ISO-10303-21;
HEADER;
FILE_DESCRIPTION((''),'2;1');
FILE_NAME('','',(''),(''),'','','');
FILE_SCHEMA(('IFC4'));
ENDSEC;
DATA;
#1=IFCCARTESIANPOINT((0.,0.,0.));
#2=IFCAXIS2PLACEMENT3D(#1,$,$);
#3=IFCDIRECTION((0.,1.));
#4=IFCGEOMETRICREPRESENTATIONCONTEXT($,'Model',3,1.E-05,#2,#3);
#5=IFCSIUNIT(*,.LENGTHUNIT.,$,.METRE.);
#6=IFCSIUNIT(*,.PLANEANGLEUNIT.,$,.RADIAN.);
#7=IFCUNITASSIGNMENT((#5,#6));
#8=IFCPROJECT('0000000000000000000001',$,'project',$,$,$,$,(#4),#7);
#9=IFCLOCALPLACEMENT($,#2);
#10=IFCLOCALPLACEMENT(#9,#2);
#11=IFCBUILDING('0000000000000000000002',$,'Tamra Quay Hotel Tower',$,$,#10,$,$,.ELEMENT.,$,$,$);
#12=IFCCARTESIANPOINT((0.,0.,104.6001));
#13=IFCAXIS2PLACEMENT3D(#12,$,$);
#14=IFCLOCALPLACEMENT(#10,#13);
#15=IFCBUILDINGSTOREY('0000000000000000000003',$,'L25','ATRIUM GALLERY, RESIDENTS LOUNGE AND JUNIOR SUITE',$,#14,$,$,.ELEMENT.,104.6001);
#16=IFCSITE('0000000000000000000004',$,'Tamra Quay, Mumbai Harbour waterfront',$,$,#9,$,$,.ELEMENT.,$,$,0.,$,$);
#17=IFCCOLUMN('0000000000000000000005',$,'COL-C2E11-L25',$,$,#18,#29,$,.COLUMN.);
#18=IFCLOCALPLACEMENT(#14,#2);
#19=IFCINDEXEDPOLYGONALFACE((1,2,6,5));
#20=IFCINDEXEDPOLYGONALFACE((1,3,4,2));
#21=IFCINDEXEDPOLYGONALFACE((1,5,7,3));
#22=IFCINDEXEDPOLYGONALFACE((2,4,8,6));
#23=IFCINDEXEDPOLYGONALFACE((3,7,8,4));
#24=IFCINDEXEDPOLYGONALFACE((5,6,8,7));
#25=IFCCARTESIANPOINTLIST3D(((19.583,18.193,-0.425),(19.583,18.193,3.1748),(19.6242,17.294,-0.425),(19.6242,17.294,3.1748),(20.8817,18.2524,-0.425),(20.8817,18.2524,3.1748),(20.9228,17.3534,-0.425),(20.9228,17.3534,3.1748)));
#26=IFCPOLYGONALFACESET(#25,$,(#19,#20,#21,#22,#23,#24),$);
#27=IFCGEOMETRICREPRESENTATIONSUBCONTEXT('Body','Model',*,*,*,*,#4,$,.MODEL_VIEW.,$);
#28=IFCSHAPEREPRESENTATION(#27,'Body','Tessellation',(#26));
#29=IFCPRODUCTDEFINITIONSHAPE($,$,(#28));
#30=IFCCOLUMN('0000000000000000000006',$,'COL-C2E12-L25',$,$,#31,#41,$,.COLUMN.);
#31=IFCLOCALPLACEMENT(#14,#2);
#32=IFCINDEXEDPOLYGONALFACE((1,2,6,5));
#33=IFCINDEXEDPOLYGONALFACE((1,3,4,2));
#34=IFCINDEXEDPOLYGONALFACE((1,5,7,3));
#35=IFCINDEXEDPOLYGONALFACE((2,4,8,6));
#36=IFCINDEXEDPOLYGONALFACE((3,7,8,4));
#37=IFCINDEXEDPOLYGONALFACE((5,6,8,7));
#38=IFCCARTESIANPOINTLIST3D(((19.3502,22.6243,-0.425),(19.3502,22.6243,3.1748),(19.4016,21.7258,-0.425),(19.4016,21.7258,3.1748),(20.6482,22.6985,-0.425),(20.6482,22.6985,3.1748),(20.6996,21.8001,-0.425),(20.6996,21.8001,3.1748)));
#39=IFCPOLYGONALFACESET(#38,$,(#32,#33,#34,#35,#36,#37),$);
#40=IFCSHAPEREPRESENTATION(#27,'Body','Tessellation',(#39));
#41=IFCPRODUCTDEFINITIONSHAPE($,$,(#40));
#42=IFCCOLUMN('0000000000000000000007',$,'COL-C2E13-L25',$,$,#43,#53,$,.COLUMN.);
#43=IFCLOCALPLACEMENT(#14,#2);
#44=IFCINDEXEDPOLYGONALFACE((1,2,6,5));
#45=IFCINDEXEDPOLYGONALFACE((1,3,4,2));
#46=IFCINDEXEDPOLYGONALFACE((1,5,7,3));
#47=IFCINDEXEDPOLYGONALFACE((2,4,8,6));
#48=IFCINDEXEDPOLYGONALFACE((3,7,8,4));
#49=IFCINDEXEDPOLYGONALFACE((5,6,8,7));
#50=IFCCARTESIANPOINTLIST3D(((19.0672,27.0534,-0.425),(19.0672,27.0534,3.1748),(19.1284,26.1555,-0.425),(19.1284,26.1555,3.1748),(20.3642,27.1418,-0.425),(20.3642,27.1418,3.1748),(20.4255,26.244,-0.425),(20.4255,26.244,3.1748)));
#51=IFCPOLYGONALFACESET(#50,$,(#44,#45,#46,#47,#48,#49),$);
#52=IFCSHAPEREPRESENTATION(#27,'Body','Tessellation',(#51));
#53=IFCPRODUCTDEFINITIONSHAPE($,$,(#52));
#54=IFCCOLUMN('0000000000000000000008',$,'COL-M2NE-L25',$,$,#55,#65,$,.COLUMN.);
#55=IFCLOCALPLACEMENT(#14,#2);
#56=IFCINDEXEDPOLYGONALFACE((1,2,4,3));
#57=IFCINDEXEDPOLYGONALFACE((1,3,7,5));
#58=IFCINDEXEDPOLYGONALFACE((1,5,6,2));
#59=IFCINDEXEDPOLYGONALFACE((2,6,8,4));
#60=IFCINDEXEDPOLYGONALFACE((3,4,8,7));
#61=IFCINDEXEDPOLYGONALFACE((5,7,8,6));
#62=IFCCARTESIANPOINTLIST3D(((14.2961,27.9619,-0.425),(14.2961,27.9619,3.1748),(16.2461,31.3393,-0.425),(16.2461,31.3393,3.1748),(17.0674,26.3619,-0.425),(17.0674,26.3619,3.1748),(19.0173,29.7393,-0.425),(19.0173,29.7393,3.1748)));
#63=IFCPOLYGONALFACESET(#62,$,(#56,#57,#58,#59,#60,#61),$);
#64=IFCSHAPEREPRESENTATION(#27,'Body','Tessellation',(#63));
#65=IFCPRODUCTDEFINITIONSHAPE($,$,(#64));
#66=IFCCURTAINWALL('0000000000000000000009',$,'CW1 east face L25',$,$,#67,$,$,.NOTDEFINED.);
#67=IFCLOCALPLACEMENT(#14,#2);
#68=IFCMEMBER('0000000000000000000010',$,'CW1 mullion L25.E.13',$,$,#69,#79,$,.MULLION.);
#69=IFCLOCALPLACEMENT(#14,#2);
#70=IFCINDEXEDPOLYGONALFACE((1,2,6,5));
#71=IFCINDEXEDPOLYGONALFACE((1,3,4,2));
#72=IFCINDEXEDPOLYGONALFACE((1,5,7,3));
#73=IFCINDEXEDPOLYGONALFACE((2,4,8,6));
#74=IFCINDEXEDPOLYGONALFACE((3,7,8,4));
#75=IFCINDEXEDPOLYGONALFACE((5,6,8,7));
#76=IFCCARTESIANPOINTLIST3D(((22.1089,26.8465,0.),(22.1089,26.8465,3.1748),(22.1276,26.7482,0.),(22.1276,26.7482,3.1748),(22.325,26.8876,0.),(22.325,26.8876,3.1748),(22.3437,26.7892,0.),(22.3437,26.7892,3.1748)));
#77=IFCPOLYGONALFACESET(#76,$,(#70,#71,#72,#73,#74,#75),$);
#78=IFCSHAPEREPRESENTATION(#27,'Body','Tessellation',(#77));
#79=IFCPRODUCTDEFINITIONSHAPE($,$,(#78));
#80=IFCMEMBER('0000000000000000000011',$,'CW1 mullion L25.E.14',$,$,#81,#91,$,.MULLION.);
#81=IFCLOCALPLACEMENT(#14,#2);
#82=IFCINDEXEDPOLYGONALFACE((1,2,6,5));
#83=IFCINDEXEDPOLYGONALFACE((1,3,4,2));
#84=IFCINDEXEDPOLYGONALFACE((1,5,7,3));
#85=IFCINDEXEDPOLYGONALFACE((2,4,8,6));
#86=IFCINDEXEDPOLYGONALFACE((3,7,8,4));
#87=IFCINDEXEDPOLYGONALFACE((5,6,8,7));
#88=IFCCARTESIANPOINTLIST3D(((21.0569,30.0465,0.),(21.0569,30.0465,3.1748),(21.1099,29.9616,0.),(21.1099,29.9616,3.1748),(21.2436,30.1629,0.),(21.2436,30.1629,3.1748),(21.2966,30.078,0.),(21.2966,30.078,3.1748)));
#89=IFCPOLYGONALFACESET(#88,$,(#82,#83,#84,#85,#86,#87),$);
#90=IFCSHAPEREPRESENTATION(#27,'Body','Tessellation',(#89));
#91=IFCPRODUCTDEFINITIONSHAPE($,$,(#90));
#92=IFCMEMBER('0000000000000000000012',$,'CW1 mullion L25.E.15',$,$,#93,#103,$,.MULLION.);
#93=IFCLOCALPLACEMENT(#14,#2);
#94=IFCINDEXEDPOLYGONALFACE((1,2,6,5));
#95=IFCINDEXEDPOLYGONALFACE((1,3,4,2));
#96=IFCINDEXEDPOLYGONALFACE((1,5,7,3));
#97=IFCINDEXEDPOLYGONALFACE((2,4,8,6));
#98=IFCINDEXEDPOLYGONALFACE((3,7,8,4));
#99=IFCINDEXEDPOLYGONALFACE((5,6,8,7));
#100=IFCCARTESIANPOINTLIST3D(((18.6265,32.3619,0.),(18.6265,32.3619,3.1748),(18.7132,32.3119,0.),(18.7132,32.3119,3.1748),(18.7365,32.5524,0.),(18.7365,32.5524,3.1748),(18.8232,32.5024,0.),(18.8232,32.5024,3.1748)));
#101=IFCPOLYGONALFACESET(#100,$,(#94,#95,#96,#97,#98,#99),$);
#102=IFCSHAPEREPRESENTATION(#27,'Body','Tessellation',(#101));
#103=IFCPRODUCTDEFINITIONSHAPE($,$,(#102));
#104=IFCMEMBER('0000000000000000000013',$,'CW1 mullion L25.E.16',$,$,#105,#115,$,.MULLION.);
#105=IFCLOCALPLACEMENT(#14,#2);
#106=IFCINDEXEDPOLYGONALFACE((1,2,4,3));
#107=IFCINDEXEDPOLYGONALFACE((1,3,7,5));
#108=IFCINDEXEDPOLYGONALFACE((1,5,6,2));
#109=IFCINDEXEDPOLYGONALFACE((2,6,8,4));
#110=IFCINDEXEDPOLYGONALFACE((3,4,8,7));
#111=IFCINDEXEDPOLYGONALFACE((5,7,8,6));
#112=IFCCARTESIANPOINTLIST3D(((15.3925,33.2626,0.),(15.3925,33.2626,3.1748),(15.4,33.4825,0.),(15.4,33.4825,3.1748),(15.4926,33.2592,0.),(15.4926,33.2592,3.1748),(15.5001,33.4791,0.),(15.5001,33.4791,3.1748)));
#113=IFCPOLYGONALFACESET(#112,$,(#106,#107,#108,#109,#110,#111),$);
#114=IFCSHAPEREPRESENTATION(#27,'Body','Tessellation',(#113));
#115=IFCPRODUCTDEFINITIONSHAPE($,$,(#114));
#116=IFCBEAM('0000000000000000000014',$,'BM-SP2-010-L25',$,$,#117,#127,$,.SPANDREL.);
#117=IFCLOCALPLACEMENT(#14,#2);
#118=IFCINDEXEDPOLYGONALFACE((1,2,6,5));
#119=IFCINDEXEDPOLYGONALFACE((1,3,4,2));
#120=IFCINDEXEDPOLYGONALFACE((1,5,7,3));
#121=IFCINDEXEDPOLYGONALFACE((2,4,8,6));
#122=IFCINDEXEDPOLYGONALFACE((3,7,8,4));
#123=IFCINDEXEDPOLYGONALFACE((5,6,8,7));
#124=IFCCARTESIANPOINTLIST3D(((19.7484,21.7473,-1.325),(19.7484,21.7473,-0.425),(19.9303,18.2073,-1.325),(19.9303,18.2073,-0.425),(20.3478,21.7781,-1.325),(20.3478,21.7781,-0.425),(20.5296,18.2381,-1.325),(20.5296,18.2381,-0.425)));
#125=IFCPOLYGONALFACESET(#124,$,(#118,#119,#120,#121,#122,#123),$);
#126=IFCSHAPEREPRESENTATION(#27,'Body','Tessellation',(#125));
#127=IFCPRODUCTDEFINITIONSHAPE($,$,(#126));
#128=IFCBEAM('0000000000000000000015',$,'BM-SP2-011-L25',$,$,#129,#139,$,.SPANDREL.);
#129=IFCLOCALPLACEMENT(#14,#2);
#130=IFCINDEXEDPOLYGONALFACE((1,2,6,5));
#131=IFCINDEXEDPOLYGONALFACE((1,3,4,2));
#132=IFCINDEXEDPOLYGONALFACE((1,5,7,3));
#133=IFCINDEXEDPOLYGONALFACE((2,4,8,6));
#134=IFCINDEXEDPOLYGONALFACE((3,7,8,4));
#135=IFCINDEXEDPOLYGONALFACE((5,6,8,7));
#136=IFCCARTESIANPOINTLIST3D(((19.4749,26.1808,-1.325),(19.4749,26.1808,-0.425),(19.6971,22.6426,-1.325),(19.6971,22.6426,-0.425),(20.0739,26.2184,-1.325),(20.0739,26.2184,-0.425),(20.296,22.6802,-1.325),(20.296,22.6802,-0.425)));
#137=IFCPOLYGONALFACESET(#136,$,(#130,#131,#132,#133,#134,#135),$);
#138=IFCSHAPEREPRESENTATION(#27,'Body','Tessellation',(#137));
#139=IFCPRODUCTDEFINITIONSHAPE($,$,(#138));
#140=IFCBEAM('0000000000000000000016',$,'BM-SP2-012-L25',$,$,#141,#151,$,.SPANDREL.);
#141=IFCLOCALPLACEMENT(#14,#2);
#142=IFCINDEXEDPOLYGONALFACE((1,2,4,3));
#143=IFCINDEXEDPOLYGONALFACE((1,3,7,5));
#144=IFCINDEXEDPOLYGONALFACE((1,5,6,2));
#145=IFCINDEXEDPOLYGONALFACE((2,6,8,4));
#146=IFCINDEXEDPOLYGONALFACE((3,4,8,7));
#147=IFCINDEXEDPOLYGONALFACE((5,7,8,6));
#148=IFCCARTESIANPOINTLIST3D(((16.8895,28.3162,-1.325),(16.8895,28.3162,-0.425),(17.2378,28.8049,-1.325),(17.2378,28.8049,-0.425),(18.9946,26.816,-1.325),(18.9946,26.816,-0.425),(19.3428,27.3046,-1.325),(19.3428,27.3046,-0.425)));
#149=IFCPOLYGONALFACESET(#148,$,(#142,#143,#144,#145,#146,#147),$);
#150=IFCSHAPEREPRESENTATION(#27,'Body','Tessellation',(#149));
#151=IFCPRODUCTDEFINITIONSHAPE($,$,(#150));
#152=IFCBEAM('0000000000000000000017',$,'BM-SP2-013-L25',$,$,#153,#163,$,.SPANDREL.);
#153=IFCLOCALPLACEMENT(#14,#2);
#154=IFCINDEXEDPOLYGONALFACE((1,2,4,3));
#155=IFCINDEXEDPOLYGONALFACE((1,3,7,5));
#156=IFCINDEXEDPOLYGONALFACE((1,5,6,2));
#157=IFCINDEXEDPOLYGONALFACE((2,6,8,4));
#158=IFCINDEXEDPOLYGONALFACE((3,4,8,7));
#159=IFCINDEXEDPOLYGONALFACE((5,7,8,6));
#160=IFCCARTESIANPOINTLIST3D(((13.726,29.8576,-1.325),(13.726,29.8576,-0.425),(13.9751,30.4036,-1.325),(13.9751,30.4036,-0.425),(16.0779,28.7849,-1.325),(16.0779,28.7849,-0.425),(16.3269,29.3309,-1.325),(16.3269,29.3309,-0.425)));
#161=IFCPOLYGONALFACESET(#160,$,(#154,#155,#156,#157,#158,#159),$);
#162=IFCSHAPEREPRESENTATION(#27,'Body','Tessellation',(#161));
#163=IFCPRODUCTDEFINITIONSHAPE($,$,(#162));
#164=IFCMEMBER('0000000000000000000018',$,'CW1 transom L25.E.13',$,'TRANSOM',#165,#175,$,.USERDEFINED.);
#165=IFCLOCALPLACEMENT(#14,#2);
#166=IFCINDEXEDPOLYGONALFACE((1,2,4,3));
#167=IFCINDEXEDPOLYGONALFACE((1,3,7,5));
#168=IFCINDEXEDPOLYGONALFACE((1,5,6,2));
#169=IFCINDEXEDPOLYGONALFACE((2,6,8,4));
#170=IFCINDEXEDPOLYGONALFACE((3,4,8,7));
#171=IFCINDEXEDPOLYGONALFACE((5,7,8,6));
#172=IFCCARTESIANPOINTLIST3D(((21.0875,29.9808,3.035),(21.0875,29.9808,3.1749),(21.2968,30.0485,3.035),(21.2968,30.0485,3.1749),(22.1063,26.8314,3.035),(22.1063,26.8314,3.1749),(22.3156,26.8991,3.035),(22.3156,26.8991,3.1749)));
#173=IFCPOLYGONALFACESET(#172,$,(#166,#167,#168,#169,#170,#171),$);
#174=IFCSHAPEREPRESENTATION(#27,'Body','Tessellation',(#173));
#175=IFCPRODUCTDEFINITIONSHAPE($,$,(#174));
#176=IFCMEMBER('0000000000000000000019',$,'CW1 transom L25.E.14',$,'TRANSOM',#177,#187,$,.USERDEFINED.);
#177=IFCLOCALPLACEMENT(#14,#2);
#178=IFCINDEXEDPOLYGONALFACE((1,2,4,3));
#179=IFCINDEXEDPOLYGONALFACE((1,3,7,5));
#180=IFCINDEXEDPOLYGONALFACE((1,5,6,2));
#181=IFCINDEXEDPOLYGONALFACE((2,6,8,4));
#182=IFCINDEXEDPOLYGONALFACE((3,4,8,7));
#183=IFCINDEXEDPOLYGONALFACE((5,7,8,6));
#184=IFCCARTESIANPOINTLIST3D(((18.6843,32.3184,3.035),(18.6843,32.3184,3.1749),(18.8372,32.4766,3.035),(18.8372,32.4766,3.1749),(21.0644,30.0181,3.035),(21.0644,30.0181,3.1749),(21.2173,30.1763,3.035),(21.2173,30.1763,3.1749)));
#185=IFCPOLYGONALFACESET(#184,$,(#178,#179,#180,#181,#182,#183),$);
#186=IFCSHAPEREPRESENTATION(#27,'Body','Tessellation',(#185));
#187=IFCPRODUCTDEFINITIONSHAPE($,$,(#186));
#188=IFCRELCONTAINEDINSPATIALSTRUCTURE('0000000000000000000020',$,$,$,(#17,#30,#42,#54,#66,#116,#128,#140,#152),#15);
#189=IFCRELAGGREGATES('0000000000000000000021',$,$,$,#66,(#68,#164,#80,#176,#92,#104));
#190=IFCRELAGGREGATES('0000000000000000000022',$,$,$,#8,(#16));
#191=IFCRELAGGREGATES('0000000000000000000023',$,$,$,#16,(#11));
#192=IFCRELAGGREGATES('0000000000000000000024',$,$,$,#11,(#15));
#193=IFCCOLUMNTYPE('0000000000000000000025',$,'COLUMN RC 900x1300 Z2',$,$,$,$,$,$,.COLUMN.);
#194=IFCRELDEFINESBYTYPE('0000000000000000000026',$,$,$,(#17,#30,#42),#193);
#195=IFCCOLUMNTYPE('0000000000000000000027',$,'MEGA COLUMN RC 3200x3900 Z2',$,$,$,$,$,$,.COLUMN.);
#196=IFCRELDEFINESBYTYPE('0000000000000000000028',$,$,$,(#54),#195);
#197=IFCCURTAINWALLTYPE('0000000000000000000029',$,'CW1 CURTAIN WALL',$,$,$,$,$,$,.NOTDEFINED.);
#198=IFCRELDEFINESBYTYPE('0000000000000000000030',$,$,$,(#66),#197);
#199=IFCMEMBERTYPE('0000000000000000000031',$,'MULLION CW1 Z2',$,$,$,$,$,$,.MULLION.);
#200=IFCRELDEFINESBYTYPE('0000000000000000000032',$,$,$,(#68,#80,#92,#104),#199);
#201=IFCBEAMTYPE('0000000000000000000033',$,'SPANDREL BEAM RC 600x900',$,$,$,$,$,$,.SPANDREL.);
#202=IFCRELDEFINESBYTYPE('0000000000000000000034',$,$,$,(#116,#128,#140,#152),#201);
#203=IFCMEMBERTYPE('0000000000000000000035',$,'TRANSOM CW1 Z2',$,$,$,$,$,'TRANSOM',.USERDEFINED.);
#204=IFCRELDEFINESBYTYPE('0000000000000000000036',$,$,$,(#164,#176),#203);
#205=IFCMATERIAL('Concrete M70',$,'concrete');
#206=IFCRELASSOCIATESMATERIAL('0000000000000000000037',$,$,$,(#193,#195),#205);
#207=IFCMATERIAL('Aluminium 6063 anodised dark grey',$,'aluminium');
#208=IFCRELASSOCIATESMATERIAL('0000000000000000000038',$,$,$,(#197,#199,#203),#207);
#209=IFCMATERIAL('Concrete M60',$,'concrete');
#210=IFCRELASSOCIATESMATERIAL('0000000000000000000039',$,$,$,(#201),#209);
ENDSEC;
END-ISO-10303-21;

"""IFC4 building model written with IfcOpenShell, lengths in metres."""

from ifc_helpers import new_model, si_unit, direction, frame, origin, origin_2d, place, context, subcontext, project, spatial, rectangle, extrude, material, material_profile, profile_set, type_object, element, aggregate, save


model = new_model("IFC4")

# Units and contexts
model_context = context("Model", 3, precision=1e-05, world=origin(), true_north=direction((0.0, 1.0)))
body_context = subcontext(model_context, "Body", "Model", "MODEL_VIEW")
ifc_project = project(units=[si_unit("LENGTHUNIT", "METRE"), si_unit("PLANEANGLEUNIT", "RADIAN")], contexts=[model_context])

# Site, building, storey
site_placement = place(None, origin())
site = spatial("IfcSite", under=ifc_project, at=site_placement, Name="Tamra Quay, Mumbai Harbour waterfront", CompositionType="ELEMENT", RefElevation=0.0)
building_placement = place(site_placement, origin())
building = spatial("IfcBuilding", under=site, at=building_placement, Name="Tamra Quay Hotel Tower", CompositionType="ELEMENT")
storey_placement = place(building_placement, frame((0.0, 0.0, 104.6001)))
storey = spatial("IfcBuildingStorey", under=building, at=storey_placement, Name="L25", Description="ATRIUM GALLERY, RESIDENTS LOUNGE AND JUNIOR SUITE", CompositionType="ELEMENT", Elevation=104.6001)

# Columns
ifc_material_1 = material(Name="Concrete M70", Category="concrete")
ifc_material_profile_1 = material_profile(ifc_material_1, rectangle(XDim=1.3, YDim=0.8999, at=origin_2d()), Name="COLUMN RC 900x1300 Z2")
ifc_profile_set_1 = profile_set([ifc_material_profile_1], Name="Concrete M70")
column_type_1 = type_object("IfcColumnType", Name="COLUMN RC 900x1300 Z2", PredefinedType="COLUMN", material=ifc_profile_set_1)
for number, where, z_axis, x_axis, name in (
    (1, (20.2529, 17.7732, -0.425), (0.0, 0.0, 1.0), (0.998955, 0.045712, 0.0), "COL-C2E11-L25"),
    (2, (20.0249, 22.2122, -0.425), (0.0, 0.0, 1.0), (0.998368, 0.057108, 0.0), "COL-C2E12-L25"),
    (3, (19.7463, 26.6487, -0.425), (0.0, 0.0, 1.0), (0.997682, 0.068041, 0.0), "COL-C2E13-L25"),
):
    element("IfcColumn", number, at=place(storey_placement, frame(where, z_axis=z_axis, x_axis=x_axis)), inside=storey, type_object=column_type_1, Name=name, PredefinedType="COLUMN", context=body_context, shape_type="SweptSolid", body=[
        extrude(rectangle(XDim=1.3, YDim=0.8999, at=origin_2d()), origin(), (0.0, 0.0, 1.0), 3.5999),
    ])
ifc_material_profile_2 = material_profile(ifc_material_1, rectangle(XDim=3.8999, YDim=3.2, at=origin_2d()), Name="MEGA COLUMN RC 3200x3900 Z2")
ifc_profile_set_2 = profile_set([ifc_material_profile_2], Name="Concrete M70")
column_type_2 = type_object("IfcColumnType", Name="MEGA COLUMN RC 3200x3900 Z2", PredefinedType="COLUMN", material=ifc_profile_set_2)
column_placement = place(storey_placement, frame((16.6567, 28.8506, -0.425), z_axis=(0.0, 0.0, 1.0), x_axis=(0.5, 0.866025, 0.0)))
element("IfcColumn", 4, at=column_placement, inside=storey, type_object=column_type_2, Name="COL-M2NE-L25", PredefinedType="COLUMN", context=body_context, shape_type="SweptSolid", body=[
    extrude(rectangle(XDim=3.8999, YDim=3.2, at=origin_2d()), origin(), (0.0, 0.0, 1.0), 3.5999),
])

# Curtain wall, members
ifc_material_2 = material(Name="Aluminium 6063 anodised dark grey", Category="aluminium")
curtain_wall_type = type_object("IfcCurtainWallType", Name="CW1 CURTAIN WALL", PredefinedType="NOTDEFINED", material=ifc_material_2)
curtain_wall_placement = place(storey_placement, origin())
curtain_wall = element("IfcCurtainWall", 5, at=curtain_wall_placement, inside=storey, type_object=curtain_wall_type, Name="CW1 east face L25", PredefinedType="NOTDEFINED")
ifc_material_profile_3 = material_profile(ifc_material_2, rectangle(XDim=0.22, YDim=0.1001, at=origin_2d()), Name="MULLION 100X220")
ifc_profile_set_3 = profile_set([ifc_material_profile_3], Name="Aluminium 6063 anodised dark grey")
member_type_1 = type_object("IfcMemberType", Name="MULLION CW1 Z2", PredefinedType="MULLION", material=ifc_profile_set_3)
member_1_placement = place(storey_placement, frame((22.2263, 26.8179, 0.0), z_axis=(0.0, 0.0, 1.0), x_axis=(0.982419, 0.186689, 0.0)))
member_1 = element("IfcMember", 6, at=member_1_placement, type_object=member_type_1, Name="CW1 mullion L25.E.13", PredefinedType="MULLION", context=body_context, shape_type="SweptSolid", body=[
    extrude(rectangle(XDim=0.22, YDim=0.1001, at=origin_2d()), origin(), (0.0, 0.0, 1.0), 3.1748),
])
member_2_placement = place(storey_placement, frame((21.1768, 30.0623, 0.0), z_axis=(0.0, 0.0, 1.0), x_axis=(0.848503, 0.52919, 0.0)))
member_2 = element("IfcMember", 7, at=member_2_placement, type_object=member_type_1, Name="CW1 mullion L25.E.14", PredefinedType="MULLION", context=body_context, shape_type="SweptSolid", body=[
    extrude(rectangle(XDim=0.22, YDim=0.1001, at=origin_2d()), origin(), (0.0, 0.0, 1.0), 3.1748),
])
member_3_placement = place(storey_placement, frame((18.7249, 32.4321, 0.0), z_axis=(0.0, 0.0, 1.0), x_axis=(0.5, 0.866025, 0.0)))
member_3 = element("IfcMember", 8, at=member_3_placement, type_object=member_type_1, Name="CW1 mullion L25.E.15", PredefinedType="MULLION", context=body_context, shape_type="SweptSolid", body=[
    extrude(rectangle(XDim=0.22, YDim=0.1001, at=origin_2d()), origin(), (0.0, 0.0, 1.0), 3.1748),
])
member_4_placement = place(storey_placement, frame((15.4463, 33.3708, 0.0), z_axis=(0.0, 0.0, 1.0), x_axis=(0.034041, 0.99942, 0.0)))
member_4 = element("IfcMember", 9, at=member_4_placement, type_object=member_type_1, Name="CW1 mullion L25.E.16", PredefinedType="MULLION", context=body_context, shape_type="SweptSolid", body=[
    extrude(rectangle(XDim=0.22, YDim=0.1001, at=origin_2d()), origin(), (0.0, 0.0, 1.0), 3.1748),
])

# Beams
ifc_material_3 = material(Name="Concrete M60", Category="concrete")
ifc_material_profile_4 = material_profile(ifc_material_3, rectangle(XDim=0.6001, YDim=0.8999, at=origin_2d()), Name="SPANDREL BEAM RC 600x900")
ifc_profile_set_4 = profile_set([ifc_material_profile_4], Name="Concrete M60")
beam_type = type_object("IfcBeamType", Name="SPANDREL BEAM RC 600x900", PredefinedType="SPANDREL", material=ifc_profile_set_4)
beam_1_placement = place(storey_placement, frame((20.23, 18.2227, -0.875), z_axis=(-0.051312, 0.998683, 0.0), x_axis=(-0.998683, -0.051312, 0.0)))
element("IfcBeam", 10, at=beam_1_placement, inside=storey, type_object=beam_type, Name="BM-SP2-010-L25", PredefinedType="SPANDREL", context=body_context, shape_type="SweptSolid", body=[
    extrude(rectangle(XDim=0.6001, YDim=0.8999, at=origin_2d()), origin(), (0.0, 0.0, 1.0), 3.5447),
])
beam_2_placement = place(storey_placement, frame((19.9966, 22.6614, -0.875), z_axis=(-0.06267, 0.998034, 0.0), x_axis=(-0.998034, -0.06267, 0.0)))
element("IfcBeam", 11, at=beam_2_placement, inside=storey, type_object=beam_type, Name="BM-SP2-011-L25", PredefinedType="SPANDREL", context=body_context, shape_type="SweptSolid", body=[
    extrude(rectangle(XDim=0.6001, YDim=0.8999, at=origin_2d()), origin(), (0.0, 0.0, 1.0), 3.5452),
])
for number, where, z_axis, x_axis, name in (
    (12, (19.1687, 27.0603, -0.875), (-0.814339, 0.580389, 0.0), (-0.580389, -0.814339, 0.0), "BM-SP2-012-L25"),
    (13, (16.2024, 29.0579, -0.875), (-0.909819, 0.415005, 0.0), (-0.415005, -0.909819, 0.0), "BM-SP2-013-L25"),
):
    element("IfcBeam", number, at=place(storey_placement, frame(where, z_axis=z_axis, x_axis=x_axis)), inside=storey, type_object=beam_type, Name=name, PredefinedType="SPANDREL", context=body_context, shape_type="SweptSolid", body=[
        extrude(rectangle(XDim=0.6001, YDim=0.8999, at=origin_2d()), origin(), (0.0, 0.0, 1.0), 2.585),
    ])

# Members
ifc_material_profile_5 = material_profile(ifc_material_2, rectangle(XDim=0.22, YDim=0.1399, at=origin_2d()), Name="TRANSOM 220X140")
ifc_profile_set_5 = profile_set([ifc_material_profile_5], Name="Aluminium 6063 anodised dark grey")
member_type_2 = type_object("IfcMemberType", Name="TRANSOM CW1 Z2", ElementType="TRANSOM", PredefinedType="USERDEFINED", material=ifc_profile_set_5)
member_5_placement = place(storey_placement, frame((22.2109, 26.8652, 3.105), z_axis=(-0.307785, 0.951456, 0.0), x_axis=(-0.951456, -0.307785, 0.0)))
member_5 = element("IfcMember", 14, at=member_5_placement, type_object=member_type_2, Name="CW1 transom L25.E.13", ObjectType="TRANSOM", PredefinedType="USERDEFINED", context=body_context, shape_type="SweptSolid", body=[
    extrude(rectangle(XDim=0.22, YDim=0.1399, at=origin_2d()), origin(), (0.0, 0.0, 1.0), 3.3101),
])
member_6_placement = place(storey_placement, frame((21.1409, 30.0972, 3.105), z_axis=(-0.719063, 0.694945, 0.0), x_axis=(-0.694945, -0.719063, 0.0)))
member_6 = element("IfcMember", 15, at=member_6_placement, type_object=member_type_2, Name="CW1 transom L25.E.14", ObjectType="TRANSOM", PredefinedType="USERDEFINED", context=body_context, shape_type="SweptSolid", body=[
    extrude(rectangle(XDim=0.22, YDim=0.1399, at=origin_2d()), origin(), (0.0, 0.0, 1.0), 3.3101),
])

aggregate(curtain_wall, [member_1, member_5, member_2, member_6, member_3, member_4])

save(model, "model.ifc")
